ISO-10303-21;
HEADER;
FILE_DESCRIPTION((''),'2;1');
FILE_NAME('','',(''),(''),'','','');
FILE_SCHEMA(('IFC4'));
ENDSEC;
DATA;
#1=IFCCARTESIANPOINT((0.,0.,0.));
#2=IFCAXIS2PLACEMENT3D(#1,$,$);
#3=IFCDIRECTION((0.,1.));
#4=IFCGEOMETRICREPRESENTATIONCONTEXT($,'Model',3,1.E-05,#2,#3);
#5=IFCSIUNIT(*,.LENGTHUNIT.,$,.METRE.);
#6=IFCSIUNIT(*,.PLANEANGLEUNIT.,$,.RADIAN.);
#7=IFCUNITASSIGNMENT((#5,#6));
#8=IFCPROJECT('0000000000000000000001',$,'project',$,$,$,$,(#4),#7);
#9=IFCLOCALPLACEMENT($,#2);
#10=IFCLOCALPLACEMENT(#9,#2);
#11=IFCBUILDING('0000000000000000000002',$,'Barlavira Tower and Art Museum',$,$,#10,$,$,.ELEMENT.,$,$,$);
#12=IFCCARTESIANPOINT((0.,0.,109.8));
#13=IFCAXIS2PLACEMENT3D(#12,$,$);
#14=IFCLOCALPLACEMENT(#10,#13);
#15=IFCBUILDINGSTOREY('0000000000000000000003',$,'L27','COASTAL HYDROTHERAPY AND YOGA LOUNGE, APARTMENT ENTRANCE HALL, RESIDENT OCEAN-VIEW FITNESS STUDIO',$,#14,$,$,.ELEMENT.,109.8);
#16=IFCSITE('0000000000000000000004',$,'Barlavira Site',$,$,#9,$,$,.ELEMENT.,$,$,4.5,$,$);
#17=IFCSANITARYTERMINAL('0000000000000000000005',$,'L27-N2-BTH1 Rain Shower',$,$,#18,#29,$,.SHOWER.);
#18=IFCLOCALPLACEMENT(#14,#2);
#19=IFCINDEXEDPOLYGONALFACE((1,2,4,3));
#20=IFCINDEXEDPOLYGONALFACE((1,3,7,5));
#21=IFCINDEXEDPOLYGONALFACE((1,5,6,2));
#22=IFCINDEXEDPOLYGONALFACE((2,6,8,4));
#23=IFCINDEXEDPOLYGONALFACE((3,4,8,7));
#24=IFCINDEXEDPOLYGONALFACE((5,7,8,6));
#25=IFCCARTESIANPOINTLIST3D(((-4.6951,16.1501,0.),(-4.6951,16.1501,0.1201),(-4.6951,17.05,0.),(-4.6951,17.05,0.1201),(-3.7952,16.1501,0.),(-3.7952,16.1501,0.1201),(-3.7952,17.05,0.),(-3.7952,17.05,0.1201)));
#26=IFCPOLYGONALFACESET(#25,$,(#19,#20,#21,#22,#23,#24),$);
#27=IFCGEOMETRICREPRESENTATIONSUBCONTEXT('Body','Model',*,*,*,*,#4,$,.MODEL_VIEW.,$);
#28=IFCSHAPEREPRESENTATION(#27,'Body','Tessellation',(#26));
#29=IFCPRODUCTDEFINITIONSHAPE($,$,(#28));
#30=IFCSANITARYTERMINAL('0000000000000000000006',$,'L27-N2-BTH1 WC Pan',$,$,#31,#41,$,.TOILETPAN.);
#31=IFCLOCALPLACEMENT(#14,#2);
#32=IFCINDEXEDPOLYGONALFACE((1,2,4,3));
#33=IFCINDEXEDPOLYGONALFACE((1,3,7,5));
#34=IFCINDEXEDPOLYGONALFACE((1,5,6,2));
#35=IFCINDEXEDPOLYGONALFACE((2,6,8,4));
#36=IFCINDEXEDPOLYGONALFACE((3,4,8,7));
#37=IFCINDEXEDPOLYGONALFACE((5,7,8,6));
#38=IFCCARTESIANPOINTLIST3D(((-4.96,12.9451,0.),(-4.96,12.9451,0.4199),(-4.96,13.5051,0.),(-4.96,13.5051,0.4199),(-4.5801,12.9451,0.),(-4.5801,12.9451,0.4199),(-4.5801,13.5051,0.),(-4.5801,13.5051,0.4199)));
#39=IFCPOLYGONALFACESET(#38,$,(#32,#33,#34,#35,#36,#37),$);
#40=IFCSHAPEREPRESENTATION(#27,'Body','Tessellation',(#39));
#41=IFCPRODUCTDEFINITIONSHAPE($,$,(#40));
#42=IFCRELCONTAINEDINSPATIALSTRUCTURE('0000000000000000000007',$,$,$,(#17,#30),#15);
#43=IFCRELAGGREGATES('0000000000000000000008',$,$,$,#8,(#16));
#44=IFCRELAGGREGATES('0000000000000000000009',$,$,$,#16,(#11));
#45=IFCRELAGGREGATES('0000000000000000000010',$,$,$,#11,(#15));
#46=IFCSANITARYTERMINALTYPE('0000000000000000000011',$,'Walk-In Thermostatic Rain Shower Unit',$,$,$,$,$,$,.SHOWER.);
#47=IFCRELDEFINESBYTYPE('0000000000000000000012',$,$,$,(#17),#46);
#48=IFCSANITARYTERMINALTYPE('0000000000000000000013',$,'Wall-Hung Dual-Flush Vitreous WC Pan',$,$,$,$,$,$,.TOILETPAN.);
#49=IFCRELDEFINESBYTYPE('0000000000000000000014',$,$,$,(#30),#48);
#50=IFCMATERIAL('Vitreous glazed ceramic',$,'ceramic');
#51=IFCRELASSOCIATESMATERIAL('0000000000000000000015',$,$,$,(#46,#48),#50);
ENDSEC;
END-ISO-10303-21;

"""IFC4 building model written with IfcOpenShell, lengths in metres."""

from ifc_helpers import new_model, si_unit, direction, frame, origin, origin_2d, place, context, subcontext, project, spatial, rectangle, extrude, material, type_object, element, save


model = new_model("IFC4")

# Units and contexts
model_context = context("Model", 3, precision=1e-05, world=origin(), true_north=direction((0.0, 1.0)))
body_context = subcontext(model_context, "Body", "Model", "MODEL_VIEW")
ifc_project = project(units=[si_unit("LENGTHUNIT", "METRE"), si_unit("PLANEANGLEUNIT", "RADIAN")], contexts=[model_context])

# Site, building, storey
site_placement = place(None, origin())
site = spatial("IfcSite", under=ifc_project, at=site_placement, Name="Barlavira Site", CompositionType="ELEMENT", RefElevation=4.5)
building_placement = place(site_placement, origin())
building = spatial("IfcBuilding", under=site, at=building_placement, Name="Barlavira Tower and Art Museum", CompositionType="ELEMENT")
storey_placement = place(building_placement, frame((0.0, 0.0, 109.8)))
storey = spatial("IfcBuildingStorey", under=building, at=storey_placement, Name="L27", Description="COASTAL HYDROTHERAPY AND YOGA LOUNGE, APARTMENT ENTRANCE HALL, RESIDENT OCEAN-VIEW FITNESS STUDIO", CompositionType="ELEMENT", Elevation=109.8)

# Sanitary terminals
ifc_material_1 = material(Name="Vitreous glazed ceramic", Category="ceramic")
sanitary_terminal_type_1 = type_object("IfcSanitaryTerminalType", Name="Walk-In Thermostatic Rain Shower Unit", PredefinedType="SHOWER", material=ifc_material_1)
sanitary_terminal_1_placement = place(storey_placement, frame((-4.2451, 16.6001, 0.0), z_axis=(0.0, 0.0, 1.0), x_axis=(1.0, 0.0, 0.0)))
element("IfcSanitaryTerminal", 1, at=sanitary_terminal_1_placement, inside=storey, type_object=sanitary_terminal_type_1, Name="L27-N2-BTH1 Rain Shower", PredefinedType="SHOWER", context=body_context, shape_type="SweptSolid", body=[
    extrude(rectangle(XDim=0.8999, YDim=0.8999, at=origin_2d()), origin(), (0.0, 0.0, 1.0), 0.1201),
])
sanitary_terminal_type_2 = type_object("IfcSanitaryTerminalType", Name="Wall-Hung Dual-Flush Vitreous WC Pan", PredefinedType="TOILETPAN", material=ifc_material_1)
sanitary_terminal_2_placement = place(storey_placement, frame((-4.77, 13.2251, 0.0), z_axis=(0.0, 0.0, 1.0), x_axis=(1.0, 0.0, 0.0)))
element("IfcSanitaryTerminal", 2, at=sanitary_terminal_2_placement, inside=storey, type_object=sanitary_terminal_type_2, Name="L27-N2-BTH1 WC Pan", PredefinedType="TOILETPAN", context=body_context, shape_type="SweptSolid", body=[
    extrude(rectangle(XDim=0.3799, YDim=0.5601, at=origin_2d()), origin(), (0.0, 0.0, 1.0), 0.4199),
])

save(model, "model.ifc")
